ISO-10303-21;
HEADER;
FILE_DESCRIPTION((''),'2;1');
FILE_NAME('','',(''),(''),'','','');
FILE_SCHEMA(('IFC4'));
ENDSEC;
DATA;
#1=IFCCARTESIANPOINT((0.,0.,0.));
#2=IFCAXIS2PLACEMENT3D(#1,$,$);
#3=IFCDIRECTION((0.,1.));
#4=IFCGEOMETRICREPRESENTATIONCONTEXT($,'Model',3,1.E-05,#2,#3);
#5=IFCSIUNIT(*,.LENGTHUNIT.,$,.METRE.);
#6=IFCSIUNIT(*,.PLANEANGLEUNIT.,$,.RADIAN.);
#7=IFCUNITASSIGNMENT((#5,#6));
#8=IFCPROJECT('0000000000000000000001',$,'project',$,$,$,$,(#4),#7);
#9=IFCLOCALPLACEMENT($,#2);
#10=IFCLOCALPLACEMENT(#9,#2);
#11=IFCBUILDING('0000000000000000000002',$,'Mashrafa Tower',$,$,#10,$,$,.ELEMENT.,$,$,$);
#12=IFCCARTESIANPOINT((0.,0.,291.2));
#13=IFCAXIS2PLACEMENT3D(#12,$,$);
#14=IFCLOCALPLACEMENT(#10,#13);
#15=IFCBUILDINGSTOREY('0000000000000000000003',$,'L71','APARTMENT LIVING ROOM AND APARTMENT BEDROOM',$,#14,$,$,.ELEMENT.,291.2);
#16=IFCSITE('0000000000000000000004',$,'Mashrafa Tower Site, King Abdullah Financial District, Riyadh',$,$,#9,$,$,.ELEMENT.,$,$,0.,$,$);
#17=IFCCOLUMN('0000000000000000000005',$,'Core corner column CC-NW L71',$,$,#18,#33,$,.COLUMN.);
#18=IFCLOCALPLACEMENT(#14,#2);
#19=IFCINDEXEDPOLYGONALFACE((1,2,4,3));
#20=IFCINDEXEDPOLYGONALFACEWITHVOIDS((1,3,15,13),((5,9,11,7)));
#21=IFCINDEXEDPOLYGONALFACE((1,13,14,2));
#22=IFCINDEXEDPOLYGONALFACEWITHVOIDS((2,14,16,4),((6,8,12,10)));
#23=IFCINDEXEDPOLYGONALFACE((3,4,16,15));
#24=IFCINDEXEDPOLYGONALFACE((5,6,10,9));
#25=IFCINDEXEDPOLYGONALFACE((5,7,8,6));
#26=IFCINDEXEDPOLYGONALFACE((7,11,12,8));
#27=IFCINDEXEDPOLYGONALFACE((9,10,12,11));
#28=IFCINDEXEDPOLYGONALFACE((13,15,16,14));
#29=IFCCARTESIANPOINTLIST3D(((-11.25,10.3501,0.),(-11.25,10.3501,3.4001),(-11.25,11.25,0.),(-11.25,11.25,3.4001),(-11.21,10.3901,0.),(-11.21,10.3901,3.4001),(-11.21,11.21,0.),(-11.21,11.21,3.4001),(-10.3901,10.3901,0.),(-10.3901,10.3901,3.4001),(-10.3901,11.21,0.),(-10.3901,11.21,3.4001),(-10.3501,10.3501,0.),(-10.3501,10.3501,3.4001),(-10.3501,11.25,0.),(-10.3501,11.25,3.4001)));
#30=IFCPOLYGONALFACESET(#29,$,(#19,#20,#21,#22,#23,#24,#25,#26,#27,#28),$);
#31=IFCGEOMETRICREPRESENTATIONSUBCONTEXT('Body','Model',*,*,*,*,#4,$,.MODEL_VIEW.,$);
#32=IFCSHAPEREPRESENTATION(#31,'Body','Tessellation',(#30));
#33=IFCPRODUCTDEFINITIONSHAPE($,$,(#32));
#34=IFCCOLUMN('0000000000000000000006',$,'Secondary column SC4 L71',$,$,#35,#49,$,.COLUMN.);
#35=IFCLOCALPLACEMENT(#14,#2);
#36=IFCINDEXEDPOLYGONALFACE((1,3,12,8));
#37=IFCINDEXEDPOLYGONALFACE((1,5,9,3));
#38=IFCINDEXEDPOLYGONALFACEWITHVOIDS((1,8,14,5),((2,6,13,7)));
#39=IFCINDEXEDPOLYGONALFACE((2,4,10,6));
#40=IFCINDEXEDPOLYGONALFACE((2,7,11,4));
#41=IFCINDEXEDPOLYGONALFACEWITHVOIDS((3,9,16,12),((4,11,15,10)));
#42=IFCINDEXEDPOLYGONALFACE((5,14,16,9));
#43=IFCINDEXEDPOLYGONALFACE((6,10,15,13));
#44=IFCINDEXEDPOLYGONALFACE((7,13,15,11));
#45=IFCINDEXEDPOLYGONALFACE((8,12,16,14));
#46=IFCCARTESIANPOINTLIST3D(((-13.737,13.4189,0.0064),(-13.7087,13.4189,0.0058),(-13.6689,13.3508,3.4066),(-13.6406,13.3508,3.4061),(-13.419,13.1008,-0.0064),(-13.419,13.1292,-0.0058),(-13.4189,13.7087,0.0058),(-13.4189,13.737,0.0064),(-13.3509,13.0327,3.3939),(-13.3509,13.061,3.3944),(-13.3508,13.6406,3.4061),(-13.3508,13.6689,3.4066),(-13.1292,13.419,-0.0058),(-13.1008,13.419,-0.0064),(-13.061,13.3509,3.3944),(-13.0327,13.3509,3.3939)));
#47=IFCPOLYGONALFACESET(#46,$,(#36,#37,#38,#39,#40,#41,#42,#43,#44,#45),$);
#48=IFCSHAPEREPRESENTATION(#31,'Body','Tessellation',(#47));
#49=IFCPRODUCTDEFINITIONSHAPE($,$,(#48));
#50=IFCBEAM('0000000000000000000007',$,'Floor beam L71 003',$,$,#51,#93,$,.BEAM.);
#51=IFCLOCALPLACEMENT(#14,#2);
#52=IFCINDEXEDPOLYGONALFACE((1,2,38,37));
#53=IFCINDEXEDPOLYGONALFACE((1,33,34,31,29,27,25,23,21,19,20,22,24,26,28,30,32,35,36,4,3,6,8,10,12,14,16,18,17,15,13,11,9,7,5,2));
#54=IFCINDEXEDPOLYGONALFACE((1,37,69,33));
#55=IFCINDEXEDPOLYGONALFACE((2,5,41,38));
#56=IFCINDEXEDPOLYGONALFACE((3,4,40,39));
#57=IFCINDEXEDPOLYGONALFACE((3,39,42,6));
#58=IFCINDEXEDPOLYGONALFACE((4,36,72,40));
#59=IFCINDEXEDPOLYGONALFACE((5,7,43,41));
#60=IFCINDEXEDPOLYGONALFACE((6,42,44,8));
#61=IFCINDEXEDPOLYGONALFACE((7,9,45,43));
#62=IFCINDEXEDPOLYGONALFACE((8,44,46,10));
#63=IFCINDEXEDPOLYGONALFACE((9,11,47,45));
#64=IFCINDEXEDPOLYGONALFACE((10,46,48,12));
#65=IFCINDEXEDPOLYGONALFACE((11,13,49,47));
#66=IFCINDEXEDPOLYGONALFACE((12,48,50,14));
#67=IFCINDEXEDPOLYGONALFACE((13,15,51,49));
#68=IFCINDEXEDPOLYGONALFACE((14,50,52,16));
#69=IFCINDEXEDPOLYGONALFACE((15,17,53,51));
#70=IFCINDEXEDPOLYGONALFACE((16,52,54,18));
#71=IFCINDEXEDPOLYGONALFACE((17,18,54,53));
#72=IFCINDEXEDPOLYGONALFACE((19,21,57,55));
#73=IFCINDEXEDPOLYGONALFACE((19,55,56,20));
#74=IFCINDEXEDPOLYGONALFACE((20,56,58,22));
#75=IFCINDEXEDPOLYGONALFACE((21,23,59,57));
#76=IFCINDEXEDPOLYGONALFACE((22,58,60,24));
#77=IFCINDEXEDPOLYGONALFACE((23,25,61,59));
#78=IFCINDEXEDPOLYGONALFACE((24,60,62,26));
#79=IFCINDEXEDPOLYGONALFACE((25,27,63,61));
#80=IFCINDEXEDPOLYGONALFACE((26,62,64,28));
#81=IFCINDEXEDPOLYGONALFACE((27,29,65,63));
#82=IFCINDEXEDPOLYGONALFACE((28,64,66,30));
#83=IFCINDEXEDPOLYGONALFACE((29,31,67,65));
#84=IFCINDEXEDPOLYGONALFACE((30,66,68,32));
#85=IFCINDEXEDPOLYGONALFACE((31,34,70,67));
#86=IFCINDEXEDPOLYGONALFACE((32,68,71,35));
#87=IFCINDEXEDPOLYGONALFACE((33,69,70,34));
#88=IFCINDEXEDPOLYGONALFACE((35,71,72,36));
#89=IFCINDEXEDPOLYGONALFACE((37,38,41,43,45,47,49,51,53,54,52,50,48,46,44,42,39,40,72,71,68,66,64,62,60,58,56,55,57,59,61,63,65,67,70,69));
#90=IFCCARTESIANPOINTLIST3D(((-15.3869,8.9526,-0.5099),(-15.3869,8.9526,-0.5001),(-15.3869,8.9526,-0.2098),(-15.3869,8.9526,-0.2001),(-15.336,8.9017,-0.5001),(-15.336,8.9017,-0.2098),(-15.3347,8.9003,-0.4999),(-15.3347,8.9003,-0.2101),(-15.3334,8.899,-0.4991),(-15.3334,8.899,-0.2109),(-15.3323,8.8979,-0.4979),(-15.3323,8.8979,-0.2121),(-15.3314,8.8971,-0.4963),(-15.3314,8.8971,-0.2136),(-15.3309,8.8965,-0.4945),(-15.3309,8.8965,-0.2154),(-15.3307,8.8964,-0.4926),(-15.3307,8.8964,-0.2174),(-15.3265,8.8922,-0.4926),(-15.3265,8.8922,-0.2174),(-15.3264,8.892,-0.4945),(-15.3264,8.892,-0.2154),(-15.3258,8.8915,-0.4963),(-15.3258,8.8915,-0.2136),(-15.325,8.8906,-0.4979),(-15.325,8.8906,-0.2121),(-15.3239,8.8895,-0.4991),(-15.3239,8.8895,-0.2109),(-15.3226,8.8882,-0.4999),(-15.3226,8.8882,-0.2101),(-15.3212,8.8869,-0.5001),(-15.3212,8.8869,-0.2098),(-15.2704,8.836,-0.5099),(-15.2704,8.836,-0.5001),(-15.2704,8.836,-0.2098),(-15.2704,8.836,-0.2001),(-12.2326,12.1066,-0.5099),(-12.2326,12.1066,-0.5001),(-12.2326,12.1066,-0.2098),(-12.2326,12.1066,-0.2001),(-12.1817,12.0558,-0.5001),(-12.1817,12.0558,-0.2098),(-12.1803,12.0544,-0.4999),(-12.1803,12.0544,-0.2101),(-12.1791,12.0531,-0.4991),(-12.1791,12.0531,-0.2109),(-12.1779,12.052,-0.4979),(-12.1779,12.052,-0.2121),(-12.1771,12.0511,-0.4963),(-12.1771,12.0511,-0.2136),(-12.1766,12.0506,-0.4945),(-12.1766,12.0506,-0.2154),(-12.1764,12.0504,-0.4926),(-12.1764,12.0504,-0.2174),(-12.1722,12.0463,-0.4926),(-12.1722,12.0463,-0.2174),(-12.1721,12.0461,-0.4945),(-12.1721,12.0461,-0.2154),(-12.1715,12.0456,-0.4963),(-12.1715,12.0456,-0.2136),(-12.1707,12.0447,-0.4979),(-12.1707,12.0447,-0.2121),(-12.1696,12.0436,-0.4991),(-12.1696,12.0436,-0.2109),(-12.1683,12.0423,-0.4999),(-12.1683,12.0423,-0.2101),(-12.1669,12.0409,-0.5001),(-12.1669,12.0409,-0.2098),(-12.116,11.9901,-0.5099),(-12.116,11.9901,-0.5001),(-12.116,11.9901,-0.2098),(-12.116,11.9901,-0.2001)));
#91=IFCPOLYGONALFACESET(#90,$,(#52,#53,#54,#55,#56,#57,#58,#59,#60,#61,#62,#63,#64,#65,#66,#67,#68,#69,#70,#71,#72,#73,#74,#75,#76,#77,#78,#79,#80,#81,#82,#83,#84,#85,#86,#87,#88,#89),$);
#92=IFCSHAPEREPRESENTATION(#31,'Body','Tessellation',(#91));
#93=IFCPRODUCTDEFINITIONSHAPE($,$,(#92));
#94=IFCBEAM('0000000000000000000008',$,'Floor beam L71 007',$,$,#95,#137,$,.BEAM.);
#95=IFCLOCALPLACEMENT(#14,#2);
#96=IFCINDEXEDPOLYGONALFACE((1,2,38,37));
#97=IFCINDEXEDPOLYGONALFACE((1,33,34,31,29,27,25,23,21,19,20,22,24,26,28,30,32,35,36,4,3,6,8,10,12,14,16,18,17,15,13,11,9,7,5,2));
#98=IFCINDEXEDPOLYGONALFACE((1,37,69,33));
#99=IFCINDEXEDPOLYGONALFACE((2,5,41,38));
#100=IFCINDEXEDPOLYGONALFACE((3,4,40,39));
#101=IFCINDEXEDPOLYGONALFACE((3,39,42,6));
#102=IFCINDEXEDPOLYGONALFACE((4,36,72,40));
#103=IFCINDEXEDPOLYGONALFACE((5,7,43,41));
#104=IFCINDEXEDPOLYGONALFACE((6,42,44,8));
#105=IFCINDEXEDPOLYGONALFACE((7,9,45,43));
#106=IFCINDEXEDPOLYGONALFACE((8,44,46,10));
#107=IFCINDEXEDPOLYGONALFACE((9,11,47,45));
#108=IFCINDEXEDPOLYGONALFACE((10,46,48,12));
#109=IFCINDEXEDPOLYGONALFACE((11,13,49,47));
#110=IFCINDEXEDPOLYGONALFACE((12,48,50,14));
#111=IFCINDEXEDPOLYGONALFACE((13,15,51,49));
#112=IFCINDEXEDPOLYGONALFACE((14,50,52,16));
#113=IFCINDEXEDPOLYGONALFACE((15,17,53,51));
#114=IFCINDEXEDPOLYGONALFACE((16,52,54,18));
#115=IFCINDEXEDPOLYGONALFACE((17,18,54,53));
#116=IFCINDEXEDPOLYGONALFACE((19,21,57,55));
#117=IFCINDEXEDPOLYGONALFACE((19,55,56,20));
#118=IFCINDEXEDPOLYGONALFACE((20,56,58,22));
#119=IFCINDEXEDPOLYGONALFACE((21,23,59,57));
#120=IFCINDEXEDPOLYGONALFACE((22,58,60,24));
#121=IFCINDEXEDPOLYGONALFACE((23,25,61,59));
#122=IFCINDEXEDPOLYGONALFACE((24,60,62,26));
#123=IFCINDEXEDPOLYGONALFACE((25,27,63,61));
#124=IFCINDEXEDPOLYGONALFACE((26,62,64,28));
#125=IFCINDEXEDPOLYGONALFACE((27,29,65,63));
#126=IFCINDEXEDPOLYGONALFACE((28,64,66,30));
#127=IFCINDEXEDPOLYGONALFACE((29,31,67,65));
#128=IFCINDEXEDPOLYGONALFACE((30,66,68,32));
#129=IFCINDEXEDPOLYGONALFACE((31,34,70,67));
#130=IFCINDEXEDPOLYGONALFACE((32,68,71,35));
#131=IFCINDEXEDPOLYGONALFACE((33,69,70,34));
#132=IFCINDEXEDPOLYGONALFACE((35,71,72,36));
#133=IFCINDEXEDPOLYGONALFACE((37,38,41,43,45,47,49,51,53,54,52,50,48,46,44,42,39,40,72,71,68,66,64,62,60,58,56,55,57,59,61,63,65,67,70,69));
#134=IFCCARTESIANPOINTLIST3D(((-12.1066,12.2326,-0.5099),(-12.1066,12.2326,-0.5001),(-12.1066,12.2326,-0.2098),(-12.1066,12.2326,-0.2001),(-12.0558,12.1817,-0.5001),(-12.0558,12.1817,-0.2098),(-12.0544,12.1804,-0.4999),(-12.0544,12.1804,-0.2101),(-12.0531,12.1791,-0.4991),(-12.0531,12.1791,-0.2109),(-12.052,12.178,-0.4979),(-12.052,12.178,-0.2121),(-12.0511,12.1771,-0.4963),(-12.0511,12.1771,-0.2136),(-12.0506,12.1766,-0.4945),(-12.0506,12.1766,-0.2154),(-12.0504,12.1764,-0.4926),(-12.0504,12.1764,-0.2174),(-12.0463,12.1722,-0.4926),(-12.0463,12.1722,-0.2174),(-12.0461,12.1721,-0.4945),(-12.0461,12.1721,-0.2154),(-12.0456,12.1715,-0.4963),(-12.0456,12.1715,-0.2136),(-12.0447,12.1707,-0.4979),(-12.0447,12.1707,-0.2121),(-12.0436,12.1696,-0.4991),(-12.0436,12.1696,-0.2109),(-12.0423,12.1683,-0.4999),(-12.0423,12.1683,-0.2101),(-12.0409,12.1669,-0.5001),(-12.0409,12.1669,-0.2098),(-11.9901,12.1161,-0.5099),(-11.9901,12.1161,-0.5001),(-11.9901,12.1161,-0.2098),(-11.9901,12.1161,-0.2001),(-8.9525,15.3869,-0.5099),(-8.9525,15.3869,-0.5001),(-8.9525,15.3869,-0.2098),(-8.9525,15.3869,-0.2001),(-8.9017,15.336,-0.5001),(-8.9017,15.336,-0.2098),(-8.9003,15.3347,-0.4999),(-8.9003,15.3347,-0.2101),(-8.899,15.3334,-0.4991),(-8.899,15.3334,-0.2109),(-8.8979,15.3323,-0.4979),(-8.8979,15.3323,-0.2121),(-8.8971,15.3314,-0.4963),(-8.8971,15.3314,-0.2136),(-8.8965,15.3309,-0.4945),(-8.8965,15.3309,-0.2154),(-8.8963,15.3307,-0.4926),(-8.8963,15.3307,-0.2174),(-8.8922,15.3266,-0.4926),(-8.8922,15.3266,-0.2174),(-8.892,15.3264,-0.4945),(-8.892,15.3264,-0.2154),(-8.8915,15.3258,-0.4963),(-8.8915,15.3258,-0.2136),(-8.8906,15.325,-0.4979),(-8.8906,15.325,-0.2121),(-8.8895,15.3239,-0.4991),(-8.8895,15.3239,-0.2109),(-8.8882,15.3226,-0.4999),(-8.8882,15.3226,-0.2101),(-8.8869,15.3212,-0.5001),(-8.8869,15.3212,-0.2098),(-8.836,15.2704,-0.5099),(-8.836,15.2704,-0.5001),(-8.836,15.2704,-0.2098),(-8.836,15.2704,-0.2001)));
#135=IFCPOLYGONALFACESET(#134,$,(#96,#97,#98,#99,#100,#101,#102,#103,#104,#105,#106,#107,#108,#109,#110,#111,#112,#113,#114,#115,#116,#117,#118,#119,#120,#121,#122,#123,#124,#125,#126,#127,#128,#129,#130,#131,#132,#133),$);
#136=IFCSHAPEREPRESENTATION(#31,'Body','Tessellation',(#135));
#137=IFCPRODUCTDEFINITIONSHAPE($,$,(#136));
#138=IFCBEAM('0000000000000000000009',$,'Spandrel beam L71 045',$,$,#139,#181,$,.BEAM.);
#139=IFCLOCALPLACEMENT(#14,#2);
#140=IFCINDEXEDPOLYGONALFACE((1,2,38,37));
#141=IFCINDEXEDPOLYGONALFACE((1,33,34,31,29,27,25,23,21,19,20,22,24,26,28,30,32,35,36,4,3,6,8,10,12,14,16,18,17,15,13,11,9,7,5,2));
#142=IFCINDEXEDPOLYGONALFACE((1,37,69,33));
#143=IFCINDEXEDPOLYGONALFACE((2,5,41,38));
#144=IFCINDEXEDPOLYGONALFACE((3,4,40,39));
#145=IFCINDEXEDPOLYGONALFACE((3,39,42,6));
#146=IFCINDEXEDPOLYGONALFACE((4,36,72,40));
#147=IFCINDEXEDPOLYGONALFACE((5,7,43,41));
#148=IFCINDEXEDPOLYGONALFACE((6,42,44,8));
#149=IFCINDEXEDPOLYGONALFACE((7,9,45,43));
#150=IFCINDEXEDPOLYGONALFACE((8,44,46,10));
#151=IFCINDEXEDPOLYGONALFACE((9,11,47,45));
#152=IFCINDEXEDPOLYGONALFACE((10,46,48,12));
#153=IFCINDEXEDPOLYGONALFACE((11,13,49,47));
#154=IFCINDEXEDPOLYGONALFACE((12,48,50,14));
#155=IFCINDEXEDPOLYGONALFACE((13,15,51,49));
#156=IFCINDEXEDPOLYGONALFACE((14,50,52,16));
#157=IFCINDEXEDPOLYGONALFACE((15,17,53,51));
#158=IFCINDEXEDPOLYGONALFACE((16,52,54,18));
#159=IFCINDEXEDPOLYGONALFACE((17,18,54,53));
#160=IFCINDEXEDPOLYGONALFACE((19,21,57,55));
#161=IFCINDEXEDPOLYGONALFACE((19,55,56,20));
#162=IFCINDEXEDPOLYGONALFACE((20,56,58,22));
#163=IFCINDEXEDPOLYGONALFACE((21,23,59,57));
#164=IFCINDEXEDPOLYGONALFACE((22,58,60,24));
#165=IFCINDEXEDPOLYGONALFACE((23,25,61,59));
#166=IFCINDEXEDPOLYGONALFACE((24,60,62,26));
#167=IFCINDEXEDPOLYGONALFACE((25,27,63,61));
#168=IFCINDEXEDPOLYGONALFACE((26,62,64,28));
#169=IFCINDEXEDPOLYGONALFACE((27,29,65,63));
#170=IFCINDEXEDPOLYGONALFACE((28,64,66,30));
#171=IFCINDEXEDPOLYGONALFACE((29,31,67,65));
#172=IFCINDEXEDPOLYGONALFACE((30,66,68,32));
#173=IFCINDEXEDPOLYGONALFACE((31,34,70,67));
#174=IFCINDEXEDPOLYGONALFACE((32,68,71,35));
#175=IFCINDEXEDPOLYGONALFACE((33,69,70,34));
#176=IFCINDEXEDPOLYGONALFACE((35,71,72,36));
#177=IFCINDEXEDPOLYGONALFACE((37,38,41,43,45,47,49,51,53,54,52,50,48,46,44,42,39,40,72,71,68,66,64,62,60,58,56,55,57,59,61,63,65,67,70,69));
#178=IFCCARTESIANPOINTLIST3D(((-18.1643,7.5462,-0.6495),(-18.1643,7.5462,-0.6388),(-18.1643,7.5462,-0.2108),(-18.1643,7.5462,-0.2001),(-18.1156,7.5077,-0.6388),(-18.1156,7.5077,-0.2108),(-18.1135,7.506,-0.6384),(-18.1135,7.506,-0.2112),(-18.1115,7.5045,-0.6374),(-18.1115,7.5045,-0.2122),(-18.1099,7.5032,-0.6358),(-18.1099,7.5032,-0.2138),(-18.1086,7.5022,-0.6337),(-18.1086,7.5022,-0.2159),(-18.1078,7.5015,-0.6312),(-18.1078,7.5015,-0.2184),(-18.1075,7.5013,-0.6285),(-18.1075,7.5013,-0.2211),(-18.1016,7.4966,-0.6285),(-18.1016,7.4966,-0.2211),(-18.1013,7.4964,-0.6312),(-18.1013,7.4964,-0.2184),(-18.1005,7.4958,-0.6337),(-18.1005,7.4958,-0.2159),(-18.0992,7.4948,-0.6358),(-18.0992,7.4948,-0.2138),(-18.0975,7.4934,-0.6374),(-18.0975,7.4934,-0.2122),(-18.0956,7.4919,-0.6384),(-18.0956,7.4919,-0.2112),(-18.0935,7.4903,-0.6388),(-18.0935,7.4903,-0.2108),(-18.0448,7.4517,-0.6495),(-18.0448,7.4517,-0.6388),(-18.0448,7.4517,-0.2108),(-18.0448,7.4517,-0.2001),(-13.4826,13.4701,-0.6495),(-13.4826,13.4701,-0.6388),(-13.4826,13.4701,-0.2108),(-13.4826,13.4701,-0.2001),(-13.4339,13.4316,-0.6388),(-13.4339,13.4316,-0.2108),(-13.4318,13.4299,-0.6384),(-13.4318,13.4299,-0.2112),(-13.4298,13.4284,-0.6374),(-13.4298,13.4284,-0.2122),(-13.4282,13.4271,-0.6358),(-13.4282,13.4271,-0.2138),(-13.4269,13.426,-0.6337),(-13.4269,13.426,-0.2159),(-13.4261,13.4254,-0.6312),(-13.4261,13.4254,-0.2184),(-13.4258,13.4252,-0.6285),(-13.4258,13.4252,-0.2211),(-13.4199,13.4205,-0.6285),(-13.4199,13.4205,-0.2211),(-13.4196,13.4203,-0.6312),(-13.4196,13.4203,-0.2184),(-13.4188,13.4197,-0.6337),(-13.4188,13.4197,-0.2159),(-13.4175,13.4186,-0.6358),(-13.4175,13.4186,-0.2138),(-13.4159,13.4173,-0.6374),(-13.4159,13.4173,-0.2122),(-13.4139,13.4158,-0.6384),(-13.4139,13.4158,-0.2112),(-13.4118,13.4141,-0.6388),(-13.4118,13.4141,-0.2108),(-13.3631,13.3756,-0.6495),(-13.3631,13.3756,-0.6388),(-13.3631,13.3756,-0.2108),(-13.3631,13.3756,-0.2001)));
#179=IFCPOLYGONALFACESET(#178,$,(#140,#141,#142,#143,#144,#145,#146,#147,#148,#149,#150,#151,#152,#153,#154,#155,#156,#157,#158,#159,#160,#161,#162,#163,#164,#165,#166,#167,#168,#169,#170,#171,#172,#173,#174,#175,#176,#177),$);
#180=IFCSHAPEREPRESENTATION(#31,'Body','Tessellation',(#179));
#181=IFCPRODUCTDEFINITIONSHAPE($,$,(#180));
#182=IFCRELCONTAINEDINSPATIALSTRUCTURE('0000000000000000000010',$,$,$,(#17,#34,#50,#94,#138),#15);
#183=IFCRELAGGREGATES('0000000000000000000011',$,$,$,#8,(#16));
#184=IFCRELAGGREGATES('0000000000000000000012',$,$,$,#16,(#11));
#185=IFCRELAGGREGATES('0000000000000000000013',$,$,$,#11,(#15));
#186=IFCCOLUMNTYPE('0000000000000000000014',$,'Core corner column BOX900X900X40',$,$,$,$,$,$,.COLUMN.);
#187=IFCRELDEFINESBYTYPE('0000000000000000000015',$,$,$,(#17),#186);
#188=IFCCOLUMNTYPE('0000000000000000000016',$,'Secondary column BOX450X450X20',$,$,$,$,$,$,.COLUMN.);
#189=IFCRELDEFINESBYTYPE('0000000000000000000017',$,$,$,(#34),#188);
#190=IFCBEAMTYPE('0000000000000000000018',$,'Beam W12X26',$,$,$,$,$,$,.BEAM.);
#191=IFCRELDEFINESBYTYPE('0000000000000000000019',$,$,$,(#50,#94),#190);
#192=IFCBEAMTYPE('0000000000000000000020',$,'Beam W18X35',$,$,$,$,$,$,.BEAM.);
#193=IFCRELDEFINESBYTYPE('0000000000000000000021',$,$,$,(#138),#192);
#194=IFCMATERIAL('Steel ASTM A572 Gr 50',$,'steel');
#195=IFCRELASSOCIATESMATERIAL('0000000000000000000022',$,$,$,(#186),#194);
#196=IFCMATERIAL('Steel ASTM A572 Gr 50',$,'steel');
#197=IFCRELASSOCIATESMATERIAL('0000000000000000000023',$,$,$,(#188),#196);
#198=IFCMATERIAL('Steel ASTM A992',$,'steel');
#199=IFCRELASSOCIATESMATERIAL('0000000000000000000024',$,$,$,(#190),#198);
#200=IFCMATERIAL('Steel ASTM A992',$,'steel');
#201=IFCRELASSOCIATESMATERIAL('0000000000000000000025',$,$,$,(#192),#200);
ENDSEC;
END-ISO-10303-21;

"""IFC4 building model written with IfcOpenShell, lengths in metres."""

from ifc_helpers import new_model, si_unit, direction, frame, origin, origin_2d, place, context, subcontext, project, spatial, hollow_rectangle, i_section, extrude, material, material_profile, profile_set, type_object, element, save


model = new_model("IFC4")

# Units and contexts
model_context = context("Model", 3, precision=1e-05, world=origin(), true_north=direction((0.0, 1.0)))
body_context = subcontext(model_context, "Body", "Model", "MODEL_VIEW")
ifc_project = project(units=[si_unit("LENGTHUNIT", "METRE"), si_unit("PLANEANGLEUNIT", "RADIAN")], contexts=[model_context])

# Site, building, storey
site_placement = place(None, origin())
site = spatial("IfcSite", under=ifc_project, at=site_placement, Name="Mashrafa Tower Site, King Abdullah Financial District, Riyadh", CompositionType="ELEMENT", RefElevation=0.0)
building_placement = place(site_placement, origin())
building = spatial("IfcBuilding", under=site, at=building_placement, Name="Mashrafa Tower", CompositionType="ELEMENT")
storey_placement = place(building_placement, frame((0.0, 0.0, 291.2)))
storey = spatial("IfcBuildingStorey", under=building, at=storey_placement, Name="L71", Description="APARTMENT LIVING ROOM AND APARTMENT BEDROOM", CompositionType="ELEMENT", Elevation=291.2)

# Columns
ifc_material_1 = material(Name="Steel ASTM A572 Gr 50", Category="steel")
ifc_material_profile_1 = material_profile(ifc_material_1, hollow_rectangle(XDim=0.8999, YDim=0.8999, WallThickness=0.04, at=origin_2d()), Name="BOX900X900X40")
ifc_profile_set_1 = profile_set([ifc_material_profile_1], Name="Steel ASTM A572 Gr 50")
column_type_1 = type_object("IfcColumnType", Name="Core corner column BOX900X900X40", PredefinedType="COLUMN", material=ifc_profile_set_1)
column_1_placement = place(storey_placement, frame((-10.8, 10.8, 0.0), z_axis=(0.0, 0.0, 1.0), x_axis=(1.0, 0.0, 0.0)))
element("IfcColumn", 1, at=column_1_placement, inside=storey, type_object=column_type_1, Name="Core corner column CC-NW L71", PredefinedType="COLUMN", context=body_context, shape_type="SweptSolid", body=[
    extrude(hollow_rectangle(XDim=0.8999, YDim=0.8999, WallThickness=0.04, at=origin_2d()), origin(), (0.0, 0.0, 1.0), 3.4001),
])
ifc_material_2 = material(Name="Steel ASTM A572 Gr 50", Category="steel")
ifc_material_profile_2 = material_profile(ifc_material_2, hollow_rectangle(XDim=0.45, YDim=0.45, WallThickness=0.02, at=origin_2d()), Name="BOX450X450X20")
ifc_profile_set_2 = profile_set([ifc_material_profile_2], Name="Steel ASTM A572 Gr 50")
column_type_2 = type_object("IfcColumnType", Name="Secondary column BOX450X450X20", PredefinedType="COLUMN", material=ifc_profile_set_2)
column_2_placement = place(storey_placement, frame((-13.4189, 13.4189, 0.0), z_axis=(0.020025, -0.020025, 0.999599), x_axis=(0.707107, 0.707107, 0.0)))
element("IfcColumn", 2, at=column_2_placement, inside=storey, type_object=column_type_2, Name="Secondary column SC4 L71", PredefinedType="COLUMN", context=body_context, shape_type="SweptSolid", body=[
    extrude(hollow_rectangle(XDim=0.45, YDim=0.45, WallThickness=0.02, at=origin_2d()), origin(), (0.0, 0.0, 1.0), 3.4016),
])

# Beams
ifc_material_3 = material(Name="Steel ASTM A992", Category="steel")
ifc_material_profile_3 = material_profile(ifc_material_3, i_section(OverallWidth=0.1648, OverallDepth=0.3098, WebThickness=0.0059, FlangeThickness=0.0098, FilletRadius=0.0076, at=origin_2d()), Name="W12X26")
ifc_profile_set_3 = profile_set([ifc_material_profile_3], Name="Steel ASTM A992")
beam_type_1 = type_object("IfcBeamType", Name="Beam W12X26", PredefinedType="BEAM", material=ifc_profile_set_3)
for number, where, z_axis, x_axis, name in (
    (3, (-15.3286, 8.8943, -0.355), (0.707134, 0.707079, 0.0), (-0.707079, 0.707134, 0.0), "Floor beam L71 003"),
    (4, (-12.0483, 12.1743, -0.355), (0.707079, 0.707134, 0.0), (-0.707134, 0.707079, 0.0), "Floor beam L71 007"),
):
    element("IfcBeam", number, at=place(storey_placement, frame(where, z_axis=z_axis, x_axis=x_axis)), inside=storey, type_object=beam_type_1, Name=name, PredefinedType="BEAM", context=body_context, shape_type="SweptSolid", body=[
        extrude(i_section(OverallWidth=0.1648, OverallDepth=0.3098, WebThickness=0.0059, FlangeThickness=0.0098, FilletRadius=0.0076, at=origin_2d()), origin(), (0.0, 0.0, 1.0), 4.4607),
    ])
ifc_material_4 = material(Name="Steel ASTM A992", Category="steel")
ifc_material_profile_4 = material_profile(ifc_material_4, i_section(OverallWidth=0.1523, OverallDepth=0.4495, WebThickness=0.0076, FlangeThickness=0.0107, FilletRadius=0.0103, at=origin_2d()), Name="W18X35")
ifc_profile_set_4 = profile_set([ifc_material_profile_4], Name="Steel ASTM A992")
beam_type_2 = type_object("IfcBeamType", Name="Beam W18X35", PredefinedType="BEAM", material=ifc_profile_set_4)
beam_1_placement = place(storey_placement, frame((-13.4229, 13.4229, -0.4248), z_axis=(-0.620047, -0.784565, 0.0), x_axis=(0.784565, -0.620047, 0.0)))
element("IfcBeam", 5, at=beam_1_placement, inside=storey, type_object=beam_type_2, Name="Spandrel beam L71 045", PredefinedType="BEAM", context=body_context, shape_type="SweptSolid", body=[
    extrude(i_section(OverallWidth=0.1523, OverallDepth=0.4495, WebThickness=0.0076, FlangeThickness=0.0107, FilletRadius=0.0103, at=origin_2d()), origin(), (0.0, 0.0, 1.0), 7.5505),
])

save(model, "model.ifc")
